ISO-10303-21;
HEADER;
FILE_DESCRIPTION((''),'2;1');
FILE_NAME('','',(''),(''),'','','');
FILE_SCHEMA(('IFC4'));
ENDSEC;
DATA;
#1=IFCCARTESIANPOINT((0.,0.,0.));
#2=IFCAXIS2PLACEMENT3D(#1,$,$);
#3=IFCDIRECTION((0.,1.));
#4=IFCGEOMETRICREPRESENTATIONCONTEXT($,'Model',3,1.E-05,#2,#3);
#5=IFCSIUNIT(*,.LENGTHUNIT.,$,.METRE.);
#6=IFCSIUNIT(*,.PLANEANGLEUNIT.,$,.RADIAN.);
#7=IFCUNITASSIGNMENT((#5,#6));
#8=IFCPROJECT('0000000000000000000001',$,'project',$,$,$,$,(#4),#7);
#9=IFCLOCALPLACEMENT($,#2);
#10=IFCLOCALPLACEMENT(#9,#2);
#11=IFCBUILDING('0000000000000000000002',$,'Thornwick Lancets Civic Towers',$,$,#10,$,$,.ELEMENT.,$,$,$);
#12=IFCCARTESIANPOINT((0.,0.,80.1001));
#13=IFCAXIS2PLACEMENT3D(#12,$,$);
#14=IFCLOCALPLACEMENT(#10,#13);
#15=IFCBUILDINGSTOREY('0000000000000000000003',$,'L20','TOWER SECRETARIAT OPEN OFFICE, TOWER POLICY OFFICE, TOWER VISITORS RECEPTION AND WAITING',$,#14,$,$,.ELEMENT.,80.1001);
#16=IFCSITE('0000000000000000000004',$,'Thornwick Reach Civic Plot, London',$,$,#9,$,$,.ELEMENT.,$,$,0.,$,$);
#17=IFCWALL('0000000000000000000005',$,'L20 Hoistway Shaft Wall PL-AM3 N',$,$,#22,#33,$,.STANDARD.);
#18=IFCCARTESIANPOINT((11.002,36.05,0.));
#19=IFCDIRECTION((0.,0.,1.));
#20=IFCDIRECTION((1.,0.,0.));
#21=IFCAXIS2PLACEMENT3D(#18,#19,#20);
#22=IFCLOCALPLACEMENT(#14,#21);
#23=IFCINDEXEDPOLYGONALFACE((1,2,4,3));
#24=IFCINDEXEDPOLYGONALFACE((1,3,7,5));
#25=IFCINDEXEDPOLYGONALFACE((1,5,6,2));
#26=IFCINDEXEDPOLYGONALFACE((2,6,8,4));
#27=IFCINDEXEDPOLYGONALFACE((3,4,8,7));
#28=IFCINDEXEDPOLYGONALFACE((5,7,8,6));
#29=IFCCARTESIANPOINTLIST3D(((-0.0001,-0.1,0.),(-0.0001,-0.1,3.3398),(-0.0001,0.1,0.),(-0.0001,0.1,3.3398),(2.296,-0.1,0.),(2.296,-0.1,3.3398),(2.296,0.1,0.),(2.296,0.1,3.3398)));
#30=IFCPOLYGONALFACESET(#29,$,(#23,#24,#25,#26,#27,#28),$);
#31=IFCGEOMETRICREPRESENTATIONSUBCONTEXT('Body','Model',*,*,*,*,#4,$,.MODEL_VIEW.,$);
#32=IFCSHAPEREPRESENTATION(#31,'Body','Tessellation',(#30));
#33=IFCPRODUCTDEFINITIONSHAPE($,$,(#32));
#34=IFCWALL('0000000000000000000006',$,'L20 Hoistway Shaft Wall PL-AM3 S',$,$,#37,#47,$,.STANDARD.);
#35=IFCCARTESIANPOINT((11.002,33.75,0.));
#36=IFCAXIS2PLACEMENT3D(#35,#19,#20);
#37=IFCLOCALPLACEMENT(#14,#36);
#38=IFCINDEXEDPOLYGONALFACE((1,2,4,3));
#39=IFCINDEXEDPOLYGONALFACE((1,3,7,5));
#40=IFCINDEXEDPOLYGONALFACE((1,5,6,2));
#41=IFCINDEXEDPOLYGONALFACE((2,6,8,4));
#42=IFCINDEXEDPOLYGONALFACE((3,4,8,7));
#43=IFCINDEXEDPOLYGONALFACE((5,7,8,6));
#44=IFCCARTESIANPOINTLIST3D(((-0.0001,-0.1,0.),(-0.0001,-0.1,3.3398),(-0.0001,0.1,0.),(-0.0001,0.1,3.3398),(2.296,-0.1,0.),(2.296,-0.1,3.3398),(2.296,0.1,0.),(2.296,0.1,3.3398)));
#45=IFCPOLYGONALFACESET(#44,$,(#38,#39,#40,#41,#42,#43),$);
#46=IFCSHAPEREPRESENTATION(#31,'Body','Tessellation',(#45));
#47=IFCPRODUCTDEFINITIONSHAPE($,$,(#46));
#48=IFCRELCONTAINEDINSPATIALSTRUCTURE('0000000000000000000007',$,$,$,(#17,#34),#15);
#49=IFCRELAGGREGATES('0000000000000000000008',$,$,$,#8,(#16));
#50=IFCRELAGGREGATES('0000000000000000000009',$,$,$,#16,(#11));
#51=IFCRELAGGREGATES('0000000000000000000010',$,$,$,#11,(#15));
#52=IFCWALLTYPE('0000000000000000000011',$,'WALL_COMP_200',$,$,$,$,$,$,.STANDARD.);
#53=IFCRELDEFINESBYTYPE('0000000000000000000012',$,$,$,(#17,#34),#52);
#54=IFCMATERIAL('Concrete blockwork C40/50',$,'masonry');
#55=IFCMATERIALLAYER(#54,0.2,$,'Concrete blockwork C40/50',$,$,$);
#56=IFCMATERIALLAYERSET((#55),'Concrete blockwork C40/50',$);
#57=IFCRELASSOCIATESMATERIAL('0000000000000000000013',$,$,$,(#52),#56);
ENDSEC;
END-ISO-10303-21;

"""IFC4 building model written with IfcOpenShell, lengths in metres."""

from ifc_helpers import new_model, si_unit, direction, frame, frame_2d, origin, place, context, subcontext, project, spatial, rectangle, extrude, material, layer, layer_set, type_object, element, save


model = new_model("IFC4")

# Units and contexts
model_context = context("Model", 3, precision=1e-05, world=origin(), true_north=direction((0.0, 1.0)))
body_context = subcontext(model_context, "Body", "Model", "MODEL_VIEW")
ifc_project = project(units=[si_unit("LENGTHUNIT", "METRE"), si_unit("PLANEANGLEUNIT", "RADIAN")], contexts=[model_context])

# Site, building, storey
site_placement = place(None, origin())
site = spatial("IfcSite", under=ifc_project, at=site_placement, Name="Thornwick Reach Civic Plot, London", CompositionType="ELEMENT", RefElevation=0.0)
building_placement = place(site_placement, origin())
building = spatial("IfcBuilding", under=site, at=building_placement, Name="Thornwick Lancets Civic Towers", CompositionType="ELEMENT")
storey_placement = place(building_placement, frame((0.0, 0.0, 80.1001)))
storey = spatial("IfcBuildingStorey", under=building, at=storey_placement, Name="L20", Description="TOWER SECRETARIAT OPEN OFFICE, TOWER POLICY OFFICE, TOWER VISITORS RECEPTION AND WAITING", CompositionType="ELEMENT", Elevation=80.1001)

# Shared definitions
ifc_material_1 = material(Name="Concrete blockwork C40/50", Category="masonry")
ifc_layer_1 = layer(ifc_material_1, 0.2, Name="Concrete blockwork C40/50")
ifc_layer_set_1 = layer_set([ifc_layer_1], Name="Concrete blockwork C40/50")
wall_type_1 = type_object("IfcWallType", Name="WALL_COMP_200", PredefinedType="STANDARD", material=ifc_layer_set_1)

# Walls
for number, where, z_axis, x_axis, name in (
    (1, (11.002, 36.05, 0.0), (0.0, 0.0, 1.0), (1.0, 0.0, 0.0), "L20 Hoistway Shaft Wall PL-AM3 N"),
    (2, (11.002, 33.75, 0.0), (0.0, 0.0, 1.0), (1.0, 0.0, 0.0), "L20 Hoistway Shaft Wall PL-AM3 S"),
):
    element("IfcWall", number, at=place(storey_placement, frame(where, z_axis=z_axis, x_axis=x_axis)), inside=storey, type_object=wall_type_1, Name=name, PredefinedType="STANDARD", context=body_context, shape_type="SweptSolid", body=[
        extrude(rectangle(XDim=2.2961, YDim=0.2, at=frame_2d((1.1479, 0.0))), origin(), (0.0, 0.0, 1.0), 3.3398),
    ])

save(model, "model.ifc")
